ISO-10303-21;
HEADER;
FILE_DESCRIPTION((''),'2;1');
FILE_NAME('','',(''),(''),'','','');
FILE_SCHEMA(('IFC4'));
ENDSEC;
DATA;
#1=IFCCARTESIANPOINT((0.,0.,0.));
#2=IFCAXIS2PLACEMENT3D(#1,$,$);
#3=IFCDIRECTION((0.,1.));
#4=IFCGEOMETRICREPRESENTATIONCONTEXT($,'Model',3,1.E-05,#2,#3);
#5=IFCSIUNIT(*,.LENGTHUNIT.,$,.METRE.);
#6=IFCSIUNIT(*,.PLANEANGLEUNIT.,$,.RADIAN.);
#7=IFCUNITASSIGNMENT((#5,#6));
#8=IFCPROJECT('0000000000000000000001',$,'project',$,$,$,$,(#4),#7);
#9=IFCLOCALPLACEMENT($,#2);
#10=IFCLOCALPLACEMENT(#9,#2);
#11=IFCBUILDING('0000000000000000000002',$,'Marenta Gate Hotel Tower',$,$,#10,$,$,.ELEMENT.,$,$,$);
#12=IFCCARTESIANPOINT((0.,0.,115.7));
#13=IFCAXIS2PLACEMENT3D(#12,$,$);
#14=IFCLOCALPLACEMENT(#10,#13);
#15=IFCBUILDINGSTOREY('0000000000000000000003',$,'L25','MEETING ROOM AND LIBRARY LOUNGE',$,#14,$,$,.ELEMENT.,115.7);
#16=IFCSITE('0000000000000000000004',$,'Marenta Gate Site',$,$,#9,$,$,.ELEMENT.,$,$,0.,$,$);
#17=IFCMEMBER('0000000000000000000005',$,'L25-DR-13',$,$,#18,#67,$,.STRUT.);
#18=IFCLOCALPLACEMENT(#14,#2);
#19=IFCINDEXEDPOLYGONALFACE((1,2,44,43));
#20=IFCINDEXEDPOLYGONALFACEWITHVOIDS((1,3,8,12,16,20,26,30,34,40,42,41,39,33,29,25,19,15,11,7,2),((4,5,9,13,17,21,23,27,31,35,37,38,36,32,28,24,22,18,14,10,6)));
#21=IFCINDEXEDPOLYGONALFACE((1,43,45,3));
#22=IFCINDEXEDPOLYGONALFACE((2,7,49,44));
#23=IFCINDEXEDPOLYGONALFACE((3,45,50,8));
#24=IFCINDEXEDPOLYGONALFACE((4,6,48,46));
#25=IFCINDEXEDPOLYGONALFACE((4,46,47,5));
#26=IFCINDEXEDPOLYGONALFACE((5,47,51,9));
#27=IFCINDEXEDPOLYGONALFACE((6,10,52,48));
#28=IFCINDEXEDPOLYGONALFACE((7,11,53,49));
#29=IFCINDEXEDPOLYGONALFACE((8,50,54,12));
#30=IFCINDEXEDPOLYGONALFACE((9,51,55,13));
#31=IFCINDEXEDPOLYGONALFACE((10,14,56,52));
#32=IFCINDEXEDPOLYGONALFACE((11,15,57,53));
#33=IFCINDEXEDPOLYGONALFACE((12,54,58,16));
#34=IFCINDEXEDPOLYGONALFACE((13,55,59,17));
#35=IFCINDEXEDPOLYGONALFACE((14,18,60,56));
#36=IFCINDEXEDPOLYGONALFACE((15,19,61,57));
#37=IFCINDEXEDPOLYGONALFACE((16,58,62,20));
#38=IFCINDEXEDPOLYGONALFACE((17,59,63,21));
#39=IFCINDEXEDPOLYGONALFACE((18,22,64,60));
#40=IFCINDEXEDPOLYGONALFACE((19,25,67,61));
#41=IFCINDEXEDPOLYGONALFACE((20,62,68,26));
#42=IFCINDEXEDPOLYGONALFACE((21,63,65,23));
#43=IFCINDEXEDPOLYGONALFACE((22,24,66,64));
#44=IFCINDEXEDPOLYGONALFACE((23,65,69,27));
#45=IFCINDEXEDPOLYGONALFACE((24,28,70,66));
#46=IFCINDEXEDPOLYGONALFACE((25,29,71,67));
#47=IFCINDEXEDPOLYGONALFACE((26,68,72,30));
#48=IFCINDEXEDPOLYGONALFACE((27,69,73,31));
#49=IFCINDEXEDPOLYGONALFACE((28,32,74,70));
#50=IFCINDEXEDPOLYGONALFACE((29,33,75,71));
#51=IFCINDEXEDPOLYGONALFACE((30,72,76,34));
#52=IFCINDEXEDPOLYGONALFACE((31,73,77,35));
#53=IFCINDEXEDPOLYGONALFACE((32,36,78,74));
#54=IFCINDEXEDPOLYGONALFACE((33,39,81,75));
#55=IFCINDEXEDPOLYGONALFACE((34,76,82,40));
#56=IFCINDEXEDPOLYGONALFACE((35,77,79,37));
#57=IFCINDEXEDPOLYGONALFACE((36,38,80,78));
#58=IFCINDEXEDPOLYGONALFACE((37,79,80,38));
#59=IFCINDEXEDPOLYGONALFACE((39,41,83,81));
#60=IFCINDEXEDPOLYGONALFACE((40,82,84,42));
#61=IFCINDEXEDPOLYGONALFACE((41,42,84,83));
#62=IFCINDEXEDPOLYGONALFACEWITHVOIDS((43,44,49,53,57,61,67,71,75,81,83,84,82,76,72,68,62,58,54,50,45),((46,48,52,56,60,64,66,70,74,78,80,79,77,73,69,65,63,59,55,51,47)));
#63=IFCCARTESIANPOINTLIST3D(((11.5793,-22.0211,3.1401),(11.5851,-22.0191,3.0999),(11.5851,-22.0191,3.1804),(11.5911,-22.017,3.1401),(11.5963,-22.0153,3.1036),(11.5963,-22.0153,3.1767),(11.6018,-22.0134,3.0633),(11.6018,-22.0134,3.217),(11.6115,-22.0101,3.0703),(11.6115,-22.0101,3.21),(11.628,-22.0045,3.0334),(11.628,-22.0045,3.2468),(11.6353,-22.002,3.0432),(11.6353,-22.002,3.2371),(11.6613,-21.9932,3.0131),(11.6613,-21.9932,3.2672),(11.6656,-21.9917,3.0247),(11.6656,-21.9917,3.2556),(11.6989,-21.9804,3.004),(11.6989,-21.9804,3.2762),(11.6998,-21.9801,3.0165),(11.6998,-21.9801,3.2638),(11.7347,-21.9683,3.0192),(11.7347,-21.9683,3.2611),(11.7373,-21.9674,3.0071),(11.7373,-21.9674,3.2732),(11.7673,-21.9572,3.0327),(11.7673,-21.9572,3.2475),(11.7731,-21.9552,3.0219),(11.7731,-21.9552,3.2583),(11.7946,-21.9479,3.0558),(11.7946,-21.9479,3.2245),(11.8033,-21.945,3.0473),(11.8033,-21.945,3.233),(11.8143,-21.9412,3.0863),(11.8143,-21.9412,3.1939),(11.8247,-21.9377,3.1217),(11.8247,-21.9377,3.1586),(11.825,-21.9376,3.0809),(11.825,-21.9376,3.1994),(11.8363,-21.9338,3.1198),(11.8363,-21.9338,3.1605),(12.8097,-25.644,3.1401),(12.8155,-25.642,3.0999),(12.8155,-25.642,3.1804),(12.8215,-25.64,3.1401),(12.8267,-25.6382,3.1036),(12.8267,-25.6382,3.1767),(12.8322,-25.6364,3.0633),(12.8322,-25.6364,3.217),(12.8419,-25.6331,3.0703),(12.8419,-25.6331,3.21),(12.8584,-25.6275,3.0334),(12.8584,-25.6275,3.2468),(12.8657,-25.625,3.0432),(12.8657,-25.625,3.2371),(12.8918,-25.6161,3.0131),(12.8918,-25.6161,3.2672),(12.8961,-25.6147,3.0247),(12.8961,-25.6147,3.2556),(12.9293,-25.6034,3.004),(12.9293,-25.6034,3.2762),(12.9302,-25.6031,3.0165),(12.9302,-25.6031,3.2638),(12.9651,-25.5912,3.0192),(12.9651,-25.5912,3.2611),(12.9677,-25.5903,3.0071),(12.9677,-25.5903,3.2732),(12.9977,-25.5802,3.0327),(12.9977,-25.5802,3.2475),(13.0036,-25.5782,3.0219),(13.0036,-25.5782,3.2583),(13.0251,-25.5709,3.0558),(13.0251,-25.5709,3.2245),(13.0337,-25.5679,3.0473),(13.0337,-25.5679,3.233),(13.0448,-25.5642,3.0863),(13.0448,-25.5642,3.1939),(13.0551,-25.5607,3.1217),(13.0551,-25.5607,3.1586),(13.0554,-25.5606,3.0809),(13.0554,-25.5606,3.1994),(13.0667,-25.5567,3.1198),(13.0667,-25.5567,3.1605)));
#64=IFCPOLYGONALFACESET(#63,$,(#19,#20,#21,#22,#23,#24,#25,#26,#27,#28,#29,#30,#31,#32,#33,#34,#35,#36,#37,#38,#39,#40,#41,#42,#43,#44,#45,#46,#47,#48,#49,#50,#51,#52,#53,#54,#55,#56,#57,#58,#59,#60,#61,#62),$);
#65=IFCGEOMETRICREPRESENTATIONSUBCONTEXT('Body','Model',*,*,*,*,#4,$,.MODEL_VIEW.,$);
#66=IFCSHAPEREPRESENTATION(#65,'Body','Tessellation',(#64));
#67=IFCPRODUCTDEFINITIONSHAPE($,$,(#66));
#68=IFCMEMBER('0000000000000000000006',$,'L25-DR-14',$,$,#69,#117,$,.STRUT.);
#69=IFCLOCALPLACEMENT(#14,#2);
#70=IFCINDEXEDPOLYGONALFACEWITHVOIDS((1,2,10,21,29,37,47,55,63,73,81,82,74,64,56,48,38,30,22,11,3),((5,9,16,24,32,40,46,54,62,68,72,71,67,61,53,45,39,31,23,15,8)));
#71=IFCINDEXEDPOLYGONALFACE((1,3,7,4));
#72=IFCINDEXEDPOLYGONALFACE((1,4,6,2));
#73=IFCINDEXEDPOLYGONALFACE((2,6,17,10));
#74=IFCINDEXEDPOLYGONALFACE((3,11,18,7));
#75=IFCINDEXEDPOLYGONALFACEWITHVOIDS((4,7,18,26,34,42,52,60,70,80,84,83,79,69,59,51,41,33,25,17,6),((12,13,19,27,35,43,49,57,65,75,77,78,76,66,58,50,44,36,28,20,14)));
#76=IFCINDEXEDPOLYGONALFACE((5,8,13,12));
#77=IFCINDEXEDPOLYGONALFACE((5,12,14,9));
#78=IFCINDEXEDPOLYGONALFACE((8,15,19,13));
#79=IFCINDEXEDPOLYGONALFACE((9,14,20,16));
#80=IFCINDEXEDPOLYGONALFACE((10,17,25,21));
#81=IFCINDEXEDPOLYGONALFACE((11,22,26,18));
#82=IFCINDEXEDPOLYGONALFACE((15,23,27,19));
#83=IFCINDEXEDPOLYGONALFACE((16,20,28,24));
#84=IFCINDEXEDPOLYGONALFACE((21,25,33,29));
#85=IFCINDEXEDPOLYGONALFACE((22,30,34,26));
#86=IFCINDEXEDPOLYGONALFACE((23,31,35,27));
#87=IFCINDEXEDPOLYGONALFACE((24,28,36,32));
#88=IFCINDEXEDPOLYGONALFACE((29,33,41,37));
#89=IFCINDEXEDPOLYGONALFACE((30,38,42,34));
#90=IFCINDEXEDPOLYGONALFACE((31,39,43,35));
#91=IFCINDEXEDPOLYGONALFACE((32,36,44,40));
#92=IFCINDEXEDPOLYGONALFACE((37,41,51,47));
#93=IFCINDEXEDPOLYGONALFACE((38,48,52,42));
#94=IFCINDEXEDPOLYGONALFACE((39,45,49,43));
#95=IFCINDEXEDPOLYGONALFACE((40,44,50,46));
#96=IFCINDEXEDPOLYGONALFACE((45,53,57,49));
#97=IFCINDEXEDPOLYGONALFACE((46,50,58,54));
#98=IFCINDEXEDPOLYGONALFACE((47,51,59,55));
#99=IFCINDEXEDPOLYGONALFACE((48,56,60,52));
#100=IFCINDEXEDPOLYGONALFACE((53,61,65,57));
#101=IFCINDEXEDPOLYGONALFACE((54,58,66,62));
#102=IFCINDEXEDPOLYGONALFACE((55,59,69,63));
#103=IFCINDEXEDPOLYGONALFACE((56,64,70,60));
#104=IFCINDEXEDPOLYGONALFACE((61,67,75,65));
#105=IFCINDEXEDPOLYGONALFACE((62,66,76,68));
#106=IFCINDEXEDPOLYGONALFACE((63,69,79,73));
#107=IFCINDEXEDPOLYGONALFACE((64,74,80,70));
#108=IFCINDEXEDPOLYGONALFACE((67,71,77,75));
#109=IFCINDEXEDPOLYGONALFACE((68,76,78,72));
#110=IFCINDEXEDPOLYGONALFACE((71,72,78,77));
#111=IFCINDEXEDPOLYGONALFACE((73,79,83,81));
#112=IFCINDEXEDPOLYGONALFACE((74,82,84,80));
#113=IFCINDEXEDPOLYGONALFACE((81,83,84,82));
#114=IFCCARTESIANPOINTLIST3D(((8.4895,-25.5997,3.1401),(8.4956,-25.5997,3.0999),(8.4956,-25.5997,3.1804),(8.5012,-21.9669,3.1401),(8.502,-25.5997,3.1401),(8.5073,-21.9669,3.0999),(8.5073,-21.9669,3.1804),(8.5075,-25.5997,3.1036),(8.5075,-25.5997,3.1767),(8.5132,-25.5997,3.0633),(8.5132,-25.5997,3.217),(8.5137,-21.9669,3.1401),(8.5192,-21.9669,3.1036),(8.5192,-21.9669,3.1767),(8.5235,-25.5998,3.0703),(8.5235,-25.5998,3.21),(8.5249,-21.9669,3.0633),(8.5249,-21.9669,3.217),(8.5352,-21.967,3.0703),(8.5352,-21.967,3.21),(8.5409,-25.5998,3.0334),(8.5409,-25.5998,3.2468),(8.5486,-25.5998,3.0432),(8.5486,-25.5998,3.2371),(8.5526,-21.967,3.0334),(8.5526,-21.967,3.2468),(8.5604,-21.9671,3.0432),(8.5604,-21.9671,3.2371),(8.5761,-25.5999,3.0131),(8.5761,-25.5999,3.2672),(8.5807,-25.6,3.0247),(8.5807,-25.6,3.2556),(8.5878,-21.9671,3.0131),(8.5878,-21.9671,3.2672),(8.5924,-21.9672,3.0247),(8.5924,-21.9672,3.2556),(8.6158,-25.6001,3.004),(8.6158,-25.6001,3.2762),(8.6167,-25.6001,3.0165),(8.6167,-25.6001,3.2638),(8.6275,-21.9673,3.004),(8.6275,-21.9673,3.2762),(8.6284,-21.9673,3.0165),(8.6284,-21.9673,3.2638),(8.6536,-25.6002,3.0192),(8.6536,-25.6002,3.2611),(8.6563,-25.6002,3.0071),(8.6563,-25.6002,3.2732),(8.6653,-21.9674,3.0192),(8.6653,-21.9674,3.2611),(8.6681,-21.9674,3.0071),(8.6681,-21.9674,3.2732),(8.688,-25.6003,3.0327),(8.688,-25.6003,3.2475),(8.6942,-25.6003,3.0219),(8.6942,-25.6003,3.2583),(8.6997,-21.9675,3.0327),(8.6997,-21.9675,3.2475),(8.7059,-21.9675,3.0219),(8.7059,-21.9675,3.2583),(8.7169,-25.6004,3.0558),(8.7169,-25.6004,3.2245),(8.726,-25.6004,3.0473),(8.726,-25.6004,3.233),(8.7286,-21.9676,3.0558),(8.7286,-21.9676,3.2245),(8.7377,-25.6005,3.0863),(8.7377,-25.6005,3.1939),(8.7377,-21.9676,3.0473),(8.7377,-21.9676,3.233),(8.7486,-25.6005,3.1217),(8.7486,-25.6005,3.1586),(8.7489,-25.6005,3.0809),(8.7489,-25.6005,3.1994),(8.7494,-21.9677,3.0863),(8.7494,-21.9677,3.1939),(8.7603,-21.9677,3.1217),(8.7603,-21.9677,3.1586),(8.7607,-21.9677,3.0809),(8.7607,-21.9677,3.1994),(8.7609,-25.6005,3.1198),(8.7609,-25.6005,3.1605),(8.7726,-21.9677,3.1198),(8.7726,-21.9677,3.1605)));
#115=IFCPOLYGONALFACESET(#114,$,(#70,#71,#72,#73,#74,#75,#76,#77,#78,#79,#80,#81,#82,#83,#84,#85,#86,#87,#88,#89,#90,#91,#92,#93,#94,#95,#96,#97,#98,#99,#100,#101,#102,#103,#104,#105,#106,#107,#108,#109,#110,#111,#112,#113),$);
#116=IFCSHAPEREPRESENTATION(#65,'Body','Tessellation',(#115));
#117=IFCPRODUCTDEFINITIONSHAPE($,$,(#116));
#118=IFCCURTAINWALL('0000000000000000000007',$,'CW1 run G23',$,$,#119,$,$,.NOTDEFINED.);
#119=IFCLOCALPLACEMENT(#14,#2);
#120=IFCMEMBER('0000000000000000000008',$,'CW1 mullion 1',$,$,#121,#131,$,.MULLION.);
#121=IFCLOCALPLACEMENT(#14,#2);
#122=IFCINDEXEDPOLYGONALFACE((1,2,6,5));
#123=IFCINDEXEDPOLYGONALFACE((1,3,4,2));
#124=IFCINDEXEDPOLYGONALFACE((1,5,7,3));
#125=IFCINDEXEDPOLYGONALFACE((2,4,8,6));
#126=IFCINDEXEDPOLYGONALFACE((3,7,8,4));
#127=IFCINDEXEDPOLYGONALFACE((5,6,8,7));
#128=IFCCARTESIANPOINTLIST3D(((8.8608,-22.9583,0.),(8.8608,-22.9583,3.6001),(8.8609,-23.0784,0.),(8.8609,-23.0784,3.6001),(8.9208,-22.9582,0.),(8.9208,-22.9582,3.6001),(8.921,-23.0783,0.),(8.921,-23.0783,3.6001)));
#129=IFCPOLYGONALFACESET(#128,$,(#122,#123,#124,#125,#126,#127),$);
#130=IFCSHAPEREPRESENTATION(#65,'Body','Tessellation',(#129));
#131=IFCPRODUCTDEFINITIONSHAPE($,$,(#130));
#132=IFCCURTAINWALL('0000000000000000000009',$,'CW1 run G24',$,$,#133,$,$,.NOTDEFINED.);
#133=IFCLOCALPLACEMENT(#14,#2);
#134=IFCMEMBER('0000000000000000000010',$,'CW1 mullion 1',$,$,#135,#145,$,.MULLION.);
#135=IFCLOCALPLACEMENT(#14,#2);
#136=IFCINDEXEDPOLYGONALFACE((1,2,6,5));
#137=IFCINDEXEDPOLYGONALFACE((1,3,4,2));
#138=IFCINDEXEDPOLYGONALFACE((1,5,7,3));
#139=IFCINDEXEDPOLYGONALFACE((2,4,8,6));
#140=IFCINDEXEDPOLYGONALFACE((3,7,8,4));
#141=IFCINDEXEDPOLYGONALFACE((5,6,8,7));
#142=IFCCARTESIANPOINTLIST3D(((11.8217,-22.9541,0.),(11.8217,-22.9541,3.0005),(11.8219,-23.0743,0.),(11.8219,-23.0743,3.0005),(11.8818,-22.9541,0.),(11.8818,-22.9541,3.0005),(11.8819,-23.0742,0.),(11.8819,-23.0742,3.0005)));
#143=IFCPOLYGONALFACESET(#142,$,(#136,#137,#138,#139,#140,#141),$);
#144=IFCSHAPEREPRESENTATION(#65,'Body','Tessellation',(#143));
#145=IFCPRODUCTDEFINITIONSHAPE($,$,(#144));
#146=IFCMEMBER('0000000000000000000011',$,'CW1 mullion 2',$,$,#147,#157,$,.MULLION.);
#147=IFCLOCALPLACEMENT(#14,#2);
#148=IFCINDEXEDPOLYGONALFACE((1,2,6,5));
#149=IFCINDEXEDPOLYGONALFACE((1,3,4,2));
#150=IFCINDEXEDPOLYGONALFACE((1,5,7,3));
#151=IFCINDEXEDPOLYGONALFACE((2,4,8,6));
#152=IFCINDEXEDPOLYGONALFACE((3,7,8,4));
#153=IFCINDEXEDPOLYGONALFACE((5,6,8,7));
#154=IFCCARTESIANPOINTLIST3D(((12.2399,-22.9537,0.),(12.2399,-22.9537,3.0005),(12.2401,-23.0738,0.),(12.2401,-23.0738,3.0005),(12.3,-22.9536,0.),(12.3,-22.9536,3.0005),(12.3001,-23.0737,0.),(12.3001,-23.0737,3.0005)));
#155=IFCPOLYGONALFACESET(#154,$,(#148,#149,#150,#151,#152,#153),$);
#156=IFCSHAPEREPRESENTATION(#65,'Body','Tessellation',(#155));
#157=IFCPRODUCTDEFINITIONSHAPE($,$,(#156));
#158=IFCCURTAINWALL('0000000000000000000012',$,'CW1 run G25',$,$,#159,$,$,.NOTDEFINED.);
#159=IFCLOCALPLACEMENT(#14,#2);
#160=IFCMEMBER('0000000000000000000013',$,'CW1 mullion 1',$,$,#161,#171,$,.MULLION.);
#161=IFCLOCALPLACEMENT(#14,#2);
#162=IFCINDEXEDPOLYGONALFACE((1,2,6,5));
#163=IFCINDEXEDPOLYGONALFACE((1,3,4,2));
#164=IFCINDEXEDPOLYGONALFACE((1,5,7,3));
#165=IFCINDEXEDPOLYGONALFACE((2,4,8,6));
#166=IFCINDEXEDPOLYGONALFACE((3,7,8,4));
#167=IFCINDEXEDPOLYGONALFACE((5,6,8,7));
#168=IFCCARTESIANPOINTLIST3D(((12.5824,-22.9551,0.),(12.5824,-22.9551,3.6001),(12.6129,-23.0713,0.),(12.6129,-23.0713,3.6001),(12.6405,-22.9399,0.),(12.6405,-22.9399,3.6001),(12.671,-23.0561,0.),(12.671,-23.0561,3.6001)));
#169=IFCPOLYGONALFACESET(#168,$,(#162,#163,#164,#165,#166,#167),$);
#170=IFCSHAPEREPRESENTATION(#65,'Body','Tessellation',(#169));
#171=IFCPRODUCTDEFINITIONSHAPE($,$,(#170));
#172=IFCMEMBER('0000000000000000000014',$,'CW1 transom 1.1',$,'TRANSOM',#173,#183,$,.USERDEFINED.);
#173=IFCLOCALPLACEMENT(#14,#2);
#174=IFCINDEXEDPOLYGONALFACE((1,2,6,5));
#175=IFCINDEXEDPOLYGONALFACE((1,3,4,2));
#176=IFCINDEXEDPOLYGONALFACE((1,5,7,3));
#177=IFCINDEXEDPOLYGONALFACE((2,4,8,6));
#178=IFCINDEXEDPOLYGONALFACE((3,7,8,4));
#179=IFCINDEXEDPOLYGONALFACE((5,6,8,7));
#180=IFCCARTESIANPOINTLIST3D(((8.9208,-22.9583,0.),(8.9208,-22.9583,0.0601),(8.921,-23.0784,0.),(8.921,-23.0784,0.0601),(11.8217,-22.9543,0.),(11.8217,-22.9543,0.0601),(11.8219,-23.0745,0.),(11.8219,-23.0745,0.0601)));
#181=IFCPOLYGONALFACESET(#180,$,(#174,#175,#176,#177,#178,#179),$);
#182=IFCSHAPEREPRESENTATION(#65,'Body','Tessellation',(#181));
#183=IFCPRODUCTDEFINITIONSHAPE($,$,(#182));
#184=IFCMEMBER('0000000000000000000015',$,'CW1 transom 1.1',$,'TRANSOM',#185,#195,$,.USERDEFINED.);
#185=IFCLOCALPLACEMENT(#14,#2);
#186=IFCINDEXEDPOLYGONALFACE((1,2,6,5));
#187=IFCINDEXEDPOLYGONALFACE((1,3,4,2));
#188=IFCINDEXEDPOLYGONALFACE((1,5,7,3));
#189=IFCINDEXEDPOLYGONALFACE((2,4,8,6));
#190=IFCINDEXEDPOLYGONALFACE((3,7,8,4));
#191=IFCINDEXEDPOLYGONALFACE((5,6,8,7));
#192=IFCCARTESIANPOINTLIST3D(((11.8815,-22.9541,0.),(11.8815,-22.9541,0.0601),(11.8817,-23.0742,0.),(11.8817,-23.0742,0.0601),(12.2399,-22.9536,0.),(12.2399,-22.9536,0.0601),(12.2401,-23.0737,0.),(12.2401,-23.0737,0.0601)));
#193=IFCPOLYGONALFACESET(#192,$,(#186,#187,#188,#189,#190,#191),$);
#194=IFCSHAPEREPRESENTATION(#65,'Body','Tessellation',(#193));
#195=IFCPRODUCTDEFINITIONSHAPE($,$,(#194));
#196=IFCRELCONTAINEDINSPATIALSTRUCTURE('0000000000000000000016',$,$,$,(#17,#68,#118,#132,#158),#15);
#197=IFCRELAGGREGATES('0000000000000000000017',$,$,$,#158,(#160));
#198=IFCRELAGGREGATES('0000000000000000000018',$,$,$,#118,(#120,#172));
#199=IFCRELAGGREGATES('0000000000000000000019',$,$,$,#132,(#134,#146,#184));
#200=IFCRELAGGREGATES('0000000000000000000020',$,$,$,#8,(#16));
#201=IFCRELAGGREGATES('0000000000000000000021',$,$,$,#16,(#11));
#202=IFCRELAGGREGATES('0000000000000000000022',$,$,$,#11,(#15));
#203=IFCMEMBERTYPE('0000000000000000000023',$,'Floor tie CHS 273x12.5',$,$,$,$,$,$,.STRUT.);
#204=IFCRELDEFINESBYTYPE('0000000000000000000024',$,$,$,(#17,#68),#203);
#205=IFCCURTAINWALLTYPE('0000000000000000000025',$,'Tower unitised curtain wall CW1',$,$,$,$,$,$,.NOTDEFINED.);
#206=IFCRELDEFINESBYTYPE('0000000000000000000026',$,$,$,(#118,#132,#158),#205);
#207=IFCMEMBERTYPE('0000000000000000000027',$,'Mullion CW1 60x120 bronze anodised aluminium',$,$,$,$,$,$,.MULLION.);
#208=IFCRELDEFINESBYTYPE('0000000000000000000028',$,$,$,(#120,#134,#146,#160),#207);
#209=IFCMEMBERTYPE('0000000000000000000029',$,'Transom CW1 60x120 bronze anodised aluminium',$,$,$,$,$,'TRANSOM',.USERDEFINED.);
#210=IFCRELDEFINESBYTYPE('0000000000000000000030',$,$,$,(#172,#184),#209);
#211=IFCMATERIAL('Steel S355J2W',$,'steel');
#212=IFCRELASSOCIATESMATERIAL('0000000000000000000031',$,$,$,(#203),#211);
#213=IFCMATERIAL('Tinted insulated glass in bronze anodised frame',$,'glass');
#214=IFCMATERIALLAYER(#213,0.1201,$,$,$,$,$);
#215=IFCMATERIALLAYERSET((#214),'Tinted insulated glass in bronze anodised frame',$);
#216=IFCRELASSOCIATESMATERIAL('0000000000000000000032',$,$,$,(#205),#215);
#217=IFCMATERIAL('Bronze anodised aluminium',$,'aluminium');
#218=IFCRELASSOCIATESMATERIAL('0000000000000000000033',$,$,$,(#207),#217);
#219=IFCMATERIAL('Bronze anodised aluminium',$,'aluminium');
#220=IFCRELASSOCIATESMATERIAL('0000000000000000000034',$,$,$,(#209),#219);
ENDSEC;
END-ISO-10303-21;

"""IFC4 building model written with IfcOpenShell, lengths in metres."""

from ifc_helpers import new_model, si_unit, direction, frame, origin, origin_2d, place, context, subcontext, project, spatial, rectangle, hollow_circle, extrude, material, layer, layer_set, material_profile, profile_set, type_object, element, aggregate, save


model = new_model("IFC4")

# Units and contexts
model_context = context("Model", 3, precision=1e-05, world=origin(), true_north=direction((0.0, 1.0)))
body_context = subcontext(model_context, "Body", "Model", "MODEL_VIEW")
ifc_project = project(units=[si_unit("LENGTHUNIT", "METRE"), si_unit("PLANEANGLEUNIT", "RADIAN")], contexts=[model_context])

# Site, building, storey
site_placement = place(None, origin())
site = spatial("IfcSite", under=ifc_project, at=site_placement, Name="Marenta Gate Site", CompositionType="ELEMENT", RefElevation=0.0)
building_placement = place(site_placement, origin())
building = spatial("IfcBuilding", under=site, at=building_placement, Name="Marenta Gate Hotel Tower", CompositionType="ELEMENT")
storey_placement = place(building_placement, frame((0.0, 0.0, 115.7)))
storey = spatial("IfcBuildingStorey", under=building, at=storey_placement, Name="L25", Description="MEETING ROOM AND LIBRARY LOUNGE", CompositionType="ELEMENT", Elevation=115.7)

# Members
ifc_material_1 = material(Name="Steel S355J2W", Category="steel")
ifc_material_profile_1 = material_profile(ifc_material_1, hollow_circle(Radius=0.1365, WallThickness=0.0125, at=origin_2d()), Name="CHS 273x12.5")
ifc_profile_set_1 = profile_set([ifc_material_profile_1], Name="Steel S355J2W")
member_type_1 = type_object("IfcMemberType", Name="Floor tie CHS 273x12.5", PredefinedType="STRUT", material=ifc_profile_set_1)
member_1_placement = place(storey_placement, frame((12.939, -25.6001, 3.1401), z_axis=(-0.321582, 0.946882, 0.0), x_axis=(-0.946882, -0.321582, 0.0)))
element("IfcMember", 1, at=member_1_placement, inside=storey, type_object=member_type_1, Name="L25-DR-13", PredefinedType="STRUT", context=body_context, shape_type="SweptSolid", body=[
    extrude(hollow_circle(Radius=0.1365, WallThickness=0.0125, at=origin_2d()), origin(), (0.0, 0.0, 1.0), 3.8262),
])
member_2_placement = place(storey_placement, frame((8.626, -25.6001, 3.1401), z_axis=(0.003226, 0.999995, 0.0), x_axis=(-0.999995, 0.003226, 0.0)))
element("IfcMember", 2, at=member_2_placement, inside=storey, type_object=member_type_1, Name="L25-DR-14", PredefinedType="STRUT", context=body_context, shape_type="SweptSolid", body=[
    extrude(hollow_circle(Radius=0.1365, WallThickness=0.0125, at=origin_2d()), origin(), (0.0, 0.0, 1.0), 3.6328),
])

# Curtain wall, member
ifc_material_2 = material(Name="Tinted insulated glass in bronze anodised frame", Category="glass")
ifc_layer_1 = layer(ifc_material_2, 0.1201)
ifc_layer_set_1 = layer_set([ifc_layer_1], Name="Tinted insulated glass in bronze anodised frame")
curtain_wall_type = type_object("IfcCurtainWallType", Name="Tower unitised curtain wall CW1", PredefinedType="NOTDEFINED", material=ifc_layer_set_1)
curtain_wall_1_placement = place(storey_placement, origin())
curtain_wall_1 = element("IfcCurtainWall", 3, at=curtain_wall_1_placement, inside=storey, type_object=curtain_wall_type, Name="CW1 run G23", PredefinedType="NOTDEFINED")
ifc_material_3 = material(Name="Bronze anodised aluminium", Category="aluminium")
ifc_material_profile_2 = material_profile(ifc_material_3, rectangle(XDim=0.1201, YDim=0.0601, at=origin_2d()), Name="Mullion CW1 60x120 bronze anodised aluminium")
ifc_profile_set_2 = profile_set([ifc_material_profile_2], Name="Bronze anodised aluminium")
member_type_2 = type_object("IfcMemberType", Name="Mullion CW1 60x120 bronze anodised aluminium", PredefinedType="MULLION", material=ifc_profile_set_2)
member_3_placement = place(storey_placement, frame((8.8909, -23.0183, 0.0), z_axis=(0.0, 0.0, 1.0), x_axis=(-0.001385, 0.999999, 0.0)))
member_3 = element("IfcMember", 4, at=member_3_placement, type_object=member_type_2, Name="CW1 mullion 1", PredefinedType="MULLION", context=body_context, shape_type="SweptSolid", body=[
    extrude(rectangle(XDim=0.1201, YDim=0.0601, at=origin_2d()), origin(), (0.0, 0.0, 1.0), 3.6001),
])

# Curtain wall, members
curtain_wall_2_placement = place(storey_placement, origin())
curtain_wall_2 = element("IfcCurtainWall", 5, at=curtain_wall_2_placement, inside=storey, type_object=curtain_wall_type, Name="CW1 run G24", PredefinedType="NOTDEFINED")
member_4_placement = place(storey_placement, frame((11.8518, -23.0142, 0.0), z_axis=(0.0, 0.0, 1.0), x_axis=(-0.001255, 0.999999, 0.0)))
member_4 = element("IfcMember", 6, at=member_4_placement, type_object=member_type_2, Name="CW1 mullion 1", PredefinedType="MULLION", context=body_context, shape_type="SweptSolid", body=[
    extrude(rectangle(XDim=0.1201, YDim=0.0601, at=origin_2d()), origin(), (0.0, 0.0, 1.0), 3.0005),
])
member_5_placement = place(storey_placement, frame((12.27, -23.0137, 0.0), z_axis=(0.0, 0.0, 1.0), x_axis=(-0.001255, 0.999999, 0.0)))
member_5 = element("IfcMember", 7, at=member_5_placement, type_object=member_type_2, Name="CW1 mullion 2", PredefinedType="MULLION", context=body_context, shape_type="SweptSolid", body=[
    extrude(rectangle(XDim=0.1201, YDim=0.0601, at=origin_2d()), origin(), (0.0, 0.0, 1.0), 3.0005),
])

# Curtain wall, member
curtain_wall_3_placement = place(storey_placement, origin())
curtain_wall_3 = element("IfcCurtainWall", 8, at=curtain_wall_3_placement, inside=storey, type_object=curtain_wall_type, Name="CW1 run G25", PredefinedType="NOTDEFINED")
member_6_placement = place(storey_placement, frame((12.6267, -23.0056, 0.0), z_axis=(0.0, 0.0, 1.0), x_axis=(-0.253374, 0.967368, 0.0)))
member_6 = element("IfcMember", 9, at=member_6_placement, type_object=member_type_2, Name="CW1 mullion 1", PredefinedType="MULLION", context=body_context, shape_type="SweptSolid", body=[
    extrude(rectangle(XDim=0.1201, YDim=0.0601, at=origin_2d()), origin(), (0.0, 0.0, 1.0), 3.6001),
])

# Members
ifc_material_4 = material(Name="Bronze anodised aluminium", Category="aluminium")
ifc_material_profile_3 = material_profile(ifc_material_4, rectangle(XDim=0.1201, YDim=0.0601, at=origin_2d()), Name="Transom CW1 60x120 bronze anodised aluminium")
ifc_profile_set_3 = profile_set([ifc_material_profile_3], Name="Bronze anodised aluminium")
member_type_3 = type_object("IfcMemberType", Name="Transom CW1 60x120 bronze anodised aluminium", ElementType="TRANSOM", PredefinedType="USERDEFINED", material=ifc_profile_set_3)
member_7_placement = place(storey_placement, frame((8.9209, -23.0183, 0.03), z_axis=(0.999999, 0.001347, 0.0), x_axis=(-0.001347, 0.999999, 0.0)))
member_7 = element("IfcMember", 10, at=member_7_placement, type_object=member_type_3, Name="CW1 transom 1.1", ObjectType="TRANSOM", PredefinedType="USERDEFINED", context=body_context, shape_type="SweptSolid", body=[
    extrude(rectangle(XDim=0.1201, YDim=0.0601, at=origin_2d()), origin(), (0.0, 0.0, 1.0), 2.9009),
])
member_8_placement = place(storey_placement, frame((11.8816, -23.0142, 0.03), z_axis=(0.999999, 0.001362, 0.0), x_axis=(-0.001362, 0.999999, 0.0)))
member_8 = element("IfcMember", 11, at=member_8_placement, type_object=member_type_3, Name="CW1 transom 1.1", ObjectType="TRANSOM", PredefinedType="USERDEFINED", context=body_context, shape_type="SweptSolid", body=[
    extrude(rectangle(XDim=0.1201, YDim=0.0601, at=origin_2d()), origin(), (0.0, 0.0, 1.0), 0.3584),
])
aggregate(curtain_wall_3, [member_6])

aggregate(curtain_wall_1, [member_3, member_7])
aggregate(curtain_wall_2, [member_4, member_5, member_8])

save(model, "model.ifc")
